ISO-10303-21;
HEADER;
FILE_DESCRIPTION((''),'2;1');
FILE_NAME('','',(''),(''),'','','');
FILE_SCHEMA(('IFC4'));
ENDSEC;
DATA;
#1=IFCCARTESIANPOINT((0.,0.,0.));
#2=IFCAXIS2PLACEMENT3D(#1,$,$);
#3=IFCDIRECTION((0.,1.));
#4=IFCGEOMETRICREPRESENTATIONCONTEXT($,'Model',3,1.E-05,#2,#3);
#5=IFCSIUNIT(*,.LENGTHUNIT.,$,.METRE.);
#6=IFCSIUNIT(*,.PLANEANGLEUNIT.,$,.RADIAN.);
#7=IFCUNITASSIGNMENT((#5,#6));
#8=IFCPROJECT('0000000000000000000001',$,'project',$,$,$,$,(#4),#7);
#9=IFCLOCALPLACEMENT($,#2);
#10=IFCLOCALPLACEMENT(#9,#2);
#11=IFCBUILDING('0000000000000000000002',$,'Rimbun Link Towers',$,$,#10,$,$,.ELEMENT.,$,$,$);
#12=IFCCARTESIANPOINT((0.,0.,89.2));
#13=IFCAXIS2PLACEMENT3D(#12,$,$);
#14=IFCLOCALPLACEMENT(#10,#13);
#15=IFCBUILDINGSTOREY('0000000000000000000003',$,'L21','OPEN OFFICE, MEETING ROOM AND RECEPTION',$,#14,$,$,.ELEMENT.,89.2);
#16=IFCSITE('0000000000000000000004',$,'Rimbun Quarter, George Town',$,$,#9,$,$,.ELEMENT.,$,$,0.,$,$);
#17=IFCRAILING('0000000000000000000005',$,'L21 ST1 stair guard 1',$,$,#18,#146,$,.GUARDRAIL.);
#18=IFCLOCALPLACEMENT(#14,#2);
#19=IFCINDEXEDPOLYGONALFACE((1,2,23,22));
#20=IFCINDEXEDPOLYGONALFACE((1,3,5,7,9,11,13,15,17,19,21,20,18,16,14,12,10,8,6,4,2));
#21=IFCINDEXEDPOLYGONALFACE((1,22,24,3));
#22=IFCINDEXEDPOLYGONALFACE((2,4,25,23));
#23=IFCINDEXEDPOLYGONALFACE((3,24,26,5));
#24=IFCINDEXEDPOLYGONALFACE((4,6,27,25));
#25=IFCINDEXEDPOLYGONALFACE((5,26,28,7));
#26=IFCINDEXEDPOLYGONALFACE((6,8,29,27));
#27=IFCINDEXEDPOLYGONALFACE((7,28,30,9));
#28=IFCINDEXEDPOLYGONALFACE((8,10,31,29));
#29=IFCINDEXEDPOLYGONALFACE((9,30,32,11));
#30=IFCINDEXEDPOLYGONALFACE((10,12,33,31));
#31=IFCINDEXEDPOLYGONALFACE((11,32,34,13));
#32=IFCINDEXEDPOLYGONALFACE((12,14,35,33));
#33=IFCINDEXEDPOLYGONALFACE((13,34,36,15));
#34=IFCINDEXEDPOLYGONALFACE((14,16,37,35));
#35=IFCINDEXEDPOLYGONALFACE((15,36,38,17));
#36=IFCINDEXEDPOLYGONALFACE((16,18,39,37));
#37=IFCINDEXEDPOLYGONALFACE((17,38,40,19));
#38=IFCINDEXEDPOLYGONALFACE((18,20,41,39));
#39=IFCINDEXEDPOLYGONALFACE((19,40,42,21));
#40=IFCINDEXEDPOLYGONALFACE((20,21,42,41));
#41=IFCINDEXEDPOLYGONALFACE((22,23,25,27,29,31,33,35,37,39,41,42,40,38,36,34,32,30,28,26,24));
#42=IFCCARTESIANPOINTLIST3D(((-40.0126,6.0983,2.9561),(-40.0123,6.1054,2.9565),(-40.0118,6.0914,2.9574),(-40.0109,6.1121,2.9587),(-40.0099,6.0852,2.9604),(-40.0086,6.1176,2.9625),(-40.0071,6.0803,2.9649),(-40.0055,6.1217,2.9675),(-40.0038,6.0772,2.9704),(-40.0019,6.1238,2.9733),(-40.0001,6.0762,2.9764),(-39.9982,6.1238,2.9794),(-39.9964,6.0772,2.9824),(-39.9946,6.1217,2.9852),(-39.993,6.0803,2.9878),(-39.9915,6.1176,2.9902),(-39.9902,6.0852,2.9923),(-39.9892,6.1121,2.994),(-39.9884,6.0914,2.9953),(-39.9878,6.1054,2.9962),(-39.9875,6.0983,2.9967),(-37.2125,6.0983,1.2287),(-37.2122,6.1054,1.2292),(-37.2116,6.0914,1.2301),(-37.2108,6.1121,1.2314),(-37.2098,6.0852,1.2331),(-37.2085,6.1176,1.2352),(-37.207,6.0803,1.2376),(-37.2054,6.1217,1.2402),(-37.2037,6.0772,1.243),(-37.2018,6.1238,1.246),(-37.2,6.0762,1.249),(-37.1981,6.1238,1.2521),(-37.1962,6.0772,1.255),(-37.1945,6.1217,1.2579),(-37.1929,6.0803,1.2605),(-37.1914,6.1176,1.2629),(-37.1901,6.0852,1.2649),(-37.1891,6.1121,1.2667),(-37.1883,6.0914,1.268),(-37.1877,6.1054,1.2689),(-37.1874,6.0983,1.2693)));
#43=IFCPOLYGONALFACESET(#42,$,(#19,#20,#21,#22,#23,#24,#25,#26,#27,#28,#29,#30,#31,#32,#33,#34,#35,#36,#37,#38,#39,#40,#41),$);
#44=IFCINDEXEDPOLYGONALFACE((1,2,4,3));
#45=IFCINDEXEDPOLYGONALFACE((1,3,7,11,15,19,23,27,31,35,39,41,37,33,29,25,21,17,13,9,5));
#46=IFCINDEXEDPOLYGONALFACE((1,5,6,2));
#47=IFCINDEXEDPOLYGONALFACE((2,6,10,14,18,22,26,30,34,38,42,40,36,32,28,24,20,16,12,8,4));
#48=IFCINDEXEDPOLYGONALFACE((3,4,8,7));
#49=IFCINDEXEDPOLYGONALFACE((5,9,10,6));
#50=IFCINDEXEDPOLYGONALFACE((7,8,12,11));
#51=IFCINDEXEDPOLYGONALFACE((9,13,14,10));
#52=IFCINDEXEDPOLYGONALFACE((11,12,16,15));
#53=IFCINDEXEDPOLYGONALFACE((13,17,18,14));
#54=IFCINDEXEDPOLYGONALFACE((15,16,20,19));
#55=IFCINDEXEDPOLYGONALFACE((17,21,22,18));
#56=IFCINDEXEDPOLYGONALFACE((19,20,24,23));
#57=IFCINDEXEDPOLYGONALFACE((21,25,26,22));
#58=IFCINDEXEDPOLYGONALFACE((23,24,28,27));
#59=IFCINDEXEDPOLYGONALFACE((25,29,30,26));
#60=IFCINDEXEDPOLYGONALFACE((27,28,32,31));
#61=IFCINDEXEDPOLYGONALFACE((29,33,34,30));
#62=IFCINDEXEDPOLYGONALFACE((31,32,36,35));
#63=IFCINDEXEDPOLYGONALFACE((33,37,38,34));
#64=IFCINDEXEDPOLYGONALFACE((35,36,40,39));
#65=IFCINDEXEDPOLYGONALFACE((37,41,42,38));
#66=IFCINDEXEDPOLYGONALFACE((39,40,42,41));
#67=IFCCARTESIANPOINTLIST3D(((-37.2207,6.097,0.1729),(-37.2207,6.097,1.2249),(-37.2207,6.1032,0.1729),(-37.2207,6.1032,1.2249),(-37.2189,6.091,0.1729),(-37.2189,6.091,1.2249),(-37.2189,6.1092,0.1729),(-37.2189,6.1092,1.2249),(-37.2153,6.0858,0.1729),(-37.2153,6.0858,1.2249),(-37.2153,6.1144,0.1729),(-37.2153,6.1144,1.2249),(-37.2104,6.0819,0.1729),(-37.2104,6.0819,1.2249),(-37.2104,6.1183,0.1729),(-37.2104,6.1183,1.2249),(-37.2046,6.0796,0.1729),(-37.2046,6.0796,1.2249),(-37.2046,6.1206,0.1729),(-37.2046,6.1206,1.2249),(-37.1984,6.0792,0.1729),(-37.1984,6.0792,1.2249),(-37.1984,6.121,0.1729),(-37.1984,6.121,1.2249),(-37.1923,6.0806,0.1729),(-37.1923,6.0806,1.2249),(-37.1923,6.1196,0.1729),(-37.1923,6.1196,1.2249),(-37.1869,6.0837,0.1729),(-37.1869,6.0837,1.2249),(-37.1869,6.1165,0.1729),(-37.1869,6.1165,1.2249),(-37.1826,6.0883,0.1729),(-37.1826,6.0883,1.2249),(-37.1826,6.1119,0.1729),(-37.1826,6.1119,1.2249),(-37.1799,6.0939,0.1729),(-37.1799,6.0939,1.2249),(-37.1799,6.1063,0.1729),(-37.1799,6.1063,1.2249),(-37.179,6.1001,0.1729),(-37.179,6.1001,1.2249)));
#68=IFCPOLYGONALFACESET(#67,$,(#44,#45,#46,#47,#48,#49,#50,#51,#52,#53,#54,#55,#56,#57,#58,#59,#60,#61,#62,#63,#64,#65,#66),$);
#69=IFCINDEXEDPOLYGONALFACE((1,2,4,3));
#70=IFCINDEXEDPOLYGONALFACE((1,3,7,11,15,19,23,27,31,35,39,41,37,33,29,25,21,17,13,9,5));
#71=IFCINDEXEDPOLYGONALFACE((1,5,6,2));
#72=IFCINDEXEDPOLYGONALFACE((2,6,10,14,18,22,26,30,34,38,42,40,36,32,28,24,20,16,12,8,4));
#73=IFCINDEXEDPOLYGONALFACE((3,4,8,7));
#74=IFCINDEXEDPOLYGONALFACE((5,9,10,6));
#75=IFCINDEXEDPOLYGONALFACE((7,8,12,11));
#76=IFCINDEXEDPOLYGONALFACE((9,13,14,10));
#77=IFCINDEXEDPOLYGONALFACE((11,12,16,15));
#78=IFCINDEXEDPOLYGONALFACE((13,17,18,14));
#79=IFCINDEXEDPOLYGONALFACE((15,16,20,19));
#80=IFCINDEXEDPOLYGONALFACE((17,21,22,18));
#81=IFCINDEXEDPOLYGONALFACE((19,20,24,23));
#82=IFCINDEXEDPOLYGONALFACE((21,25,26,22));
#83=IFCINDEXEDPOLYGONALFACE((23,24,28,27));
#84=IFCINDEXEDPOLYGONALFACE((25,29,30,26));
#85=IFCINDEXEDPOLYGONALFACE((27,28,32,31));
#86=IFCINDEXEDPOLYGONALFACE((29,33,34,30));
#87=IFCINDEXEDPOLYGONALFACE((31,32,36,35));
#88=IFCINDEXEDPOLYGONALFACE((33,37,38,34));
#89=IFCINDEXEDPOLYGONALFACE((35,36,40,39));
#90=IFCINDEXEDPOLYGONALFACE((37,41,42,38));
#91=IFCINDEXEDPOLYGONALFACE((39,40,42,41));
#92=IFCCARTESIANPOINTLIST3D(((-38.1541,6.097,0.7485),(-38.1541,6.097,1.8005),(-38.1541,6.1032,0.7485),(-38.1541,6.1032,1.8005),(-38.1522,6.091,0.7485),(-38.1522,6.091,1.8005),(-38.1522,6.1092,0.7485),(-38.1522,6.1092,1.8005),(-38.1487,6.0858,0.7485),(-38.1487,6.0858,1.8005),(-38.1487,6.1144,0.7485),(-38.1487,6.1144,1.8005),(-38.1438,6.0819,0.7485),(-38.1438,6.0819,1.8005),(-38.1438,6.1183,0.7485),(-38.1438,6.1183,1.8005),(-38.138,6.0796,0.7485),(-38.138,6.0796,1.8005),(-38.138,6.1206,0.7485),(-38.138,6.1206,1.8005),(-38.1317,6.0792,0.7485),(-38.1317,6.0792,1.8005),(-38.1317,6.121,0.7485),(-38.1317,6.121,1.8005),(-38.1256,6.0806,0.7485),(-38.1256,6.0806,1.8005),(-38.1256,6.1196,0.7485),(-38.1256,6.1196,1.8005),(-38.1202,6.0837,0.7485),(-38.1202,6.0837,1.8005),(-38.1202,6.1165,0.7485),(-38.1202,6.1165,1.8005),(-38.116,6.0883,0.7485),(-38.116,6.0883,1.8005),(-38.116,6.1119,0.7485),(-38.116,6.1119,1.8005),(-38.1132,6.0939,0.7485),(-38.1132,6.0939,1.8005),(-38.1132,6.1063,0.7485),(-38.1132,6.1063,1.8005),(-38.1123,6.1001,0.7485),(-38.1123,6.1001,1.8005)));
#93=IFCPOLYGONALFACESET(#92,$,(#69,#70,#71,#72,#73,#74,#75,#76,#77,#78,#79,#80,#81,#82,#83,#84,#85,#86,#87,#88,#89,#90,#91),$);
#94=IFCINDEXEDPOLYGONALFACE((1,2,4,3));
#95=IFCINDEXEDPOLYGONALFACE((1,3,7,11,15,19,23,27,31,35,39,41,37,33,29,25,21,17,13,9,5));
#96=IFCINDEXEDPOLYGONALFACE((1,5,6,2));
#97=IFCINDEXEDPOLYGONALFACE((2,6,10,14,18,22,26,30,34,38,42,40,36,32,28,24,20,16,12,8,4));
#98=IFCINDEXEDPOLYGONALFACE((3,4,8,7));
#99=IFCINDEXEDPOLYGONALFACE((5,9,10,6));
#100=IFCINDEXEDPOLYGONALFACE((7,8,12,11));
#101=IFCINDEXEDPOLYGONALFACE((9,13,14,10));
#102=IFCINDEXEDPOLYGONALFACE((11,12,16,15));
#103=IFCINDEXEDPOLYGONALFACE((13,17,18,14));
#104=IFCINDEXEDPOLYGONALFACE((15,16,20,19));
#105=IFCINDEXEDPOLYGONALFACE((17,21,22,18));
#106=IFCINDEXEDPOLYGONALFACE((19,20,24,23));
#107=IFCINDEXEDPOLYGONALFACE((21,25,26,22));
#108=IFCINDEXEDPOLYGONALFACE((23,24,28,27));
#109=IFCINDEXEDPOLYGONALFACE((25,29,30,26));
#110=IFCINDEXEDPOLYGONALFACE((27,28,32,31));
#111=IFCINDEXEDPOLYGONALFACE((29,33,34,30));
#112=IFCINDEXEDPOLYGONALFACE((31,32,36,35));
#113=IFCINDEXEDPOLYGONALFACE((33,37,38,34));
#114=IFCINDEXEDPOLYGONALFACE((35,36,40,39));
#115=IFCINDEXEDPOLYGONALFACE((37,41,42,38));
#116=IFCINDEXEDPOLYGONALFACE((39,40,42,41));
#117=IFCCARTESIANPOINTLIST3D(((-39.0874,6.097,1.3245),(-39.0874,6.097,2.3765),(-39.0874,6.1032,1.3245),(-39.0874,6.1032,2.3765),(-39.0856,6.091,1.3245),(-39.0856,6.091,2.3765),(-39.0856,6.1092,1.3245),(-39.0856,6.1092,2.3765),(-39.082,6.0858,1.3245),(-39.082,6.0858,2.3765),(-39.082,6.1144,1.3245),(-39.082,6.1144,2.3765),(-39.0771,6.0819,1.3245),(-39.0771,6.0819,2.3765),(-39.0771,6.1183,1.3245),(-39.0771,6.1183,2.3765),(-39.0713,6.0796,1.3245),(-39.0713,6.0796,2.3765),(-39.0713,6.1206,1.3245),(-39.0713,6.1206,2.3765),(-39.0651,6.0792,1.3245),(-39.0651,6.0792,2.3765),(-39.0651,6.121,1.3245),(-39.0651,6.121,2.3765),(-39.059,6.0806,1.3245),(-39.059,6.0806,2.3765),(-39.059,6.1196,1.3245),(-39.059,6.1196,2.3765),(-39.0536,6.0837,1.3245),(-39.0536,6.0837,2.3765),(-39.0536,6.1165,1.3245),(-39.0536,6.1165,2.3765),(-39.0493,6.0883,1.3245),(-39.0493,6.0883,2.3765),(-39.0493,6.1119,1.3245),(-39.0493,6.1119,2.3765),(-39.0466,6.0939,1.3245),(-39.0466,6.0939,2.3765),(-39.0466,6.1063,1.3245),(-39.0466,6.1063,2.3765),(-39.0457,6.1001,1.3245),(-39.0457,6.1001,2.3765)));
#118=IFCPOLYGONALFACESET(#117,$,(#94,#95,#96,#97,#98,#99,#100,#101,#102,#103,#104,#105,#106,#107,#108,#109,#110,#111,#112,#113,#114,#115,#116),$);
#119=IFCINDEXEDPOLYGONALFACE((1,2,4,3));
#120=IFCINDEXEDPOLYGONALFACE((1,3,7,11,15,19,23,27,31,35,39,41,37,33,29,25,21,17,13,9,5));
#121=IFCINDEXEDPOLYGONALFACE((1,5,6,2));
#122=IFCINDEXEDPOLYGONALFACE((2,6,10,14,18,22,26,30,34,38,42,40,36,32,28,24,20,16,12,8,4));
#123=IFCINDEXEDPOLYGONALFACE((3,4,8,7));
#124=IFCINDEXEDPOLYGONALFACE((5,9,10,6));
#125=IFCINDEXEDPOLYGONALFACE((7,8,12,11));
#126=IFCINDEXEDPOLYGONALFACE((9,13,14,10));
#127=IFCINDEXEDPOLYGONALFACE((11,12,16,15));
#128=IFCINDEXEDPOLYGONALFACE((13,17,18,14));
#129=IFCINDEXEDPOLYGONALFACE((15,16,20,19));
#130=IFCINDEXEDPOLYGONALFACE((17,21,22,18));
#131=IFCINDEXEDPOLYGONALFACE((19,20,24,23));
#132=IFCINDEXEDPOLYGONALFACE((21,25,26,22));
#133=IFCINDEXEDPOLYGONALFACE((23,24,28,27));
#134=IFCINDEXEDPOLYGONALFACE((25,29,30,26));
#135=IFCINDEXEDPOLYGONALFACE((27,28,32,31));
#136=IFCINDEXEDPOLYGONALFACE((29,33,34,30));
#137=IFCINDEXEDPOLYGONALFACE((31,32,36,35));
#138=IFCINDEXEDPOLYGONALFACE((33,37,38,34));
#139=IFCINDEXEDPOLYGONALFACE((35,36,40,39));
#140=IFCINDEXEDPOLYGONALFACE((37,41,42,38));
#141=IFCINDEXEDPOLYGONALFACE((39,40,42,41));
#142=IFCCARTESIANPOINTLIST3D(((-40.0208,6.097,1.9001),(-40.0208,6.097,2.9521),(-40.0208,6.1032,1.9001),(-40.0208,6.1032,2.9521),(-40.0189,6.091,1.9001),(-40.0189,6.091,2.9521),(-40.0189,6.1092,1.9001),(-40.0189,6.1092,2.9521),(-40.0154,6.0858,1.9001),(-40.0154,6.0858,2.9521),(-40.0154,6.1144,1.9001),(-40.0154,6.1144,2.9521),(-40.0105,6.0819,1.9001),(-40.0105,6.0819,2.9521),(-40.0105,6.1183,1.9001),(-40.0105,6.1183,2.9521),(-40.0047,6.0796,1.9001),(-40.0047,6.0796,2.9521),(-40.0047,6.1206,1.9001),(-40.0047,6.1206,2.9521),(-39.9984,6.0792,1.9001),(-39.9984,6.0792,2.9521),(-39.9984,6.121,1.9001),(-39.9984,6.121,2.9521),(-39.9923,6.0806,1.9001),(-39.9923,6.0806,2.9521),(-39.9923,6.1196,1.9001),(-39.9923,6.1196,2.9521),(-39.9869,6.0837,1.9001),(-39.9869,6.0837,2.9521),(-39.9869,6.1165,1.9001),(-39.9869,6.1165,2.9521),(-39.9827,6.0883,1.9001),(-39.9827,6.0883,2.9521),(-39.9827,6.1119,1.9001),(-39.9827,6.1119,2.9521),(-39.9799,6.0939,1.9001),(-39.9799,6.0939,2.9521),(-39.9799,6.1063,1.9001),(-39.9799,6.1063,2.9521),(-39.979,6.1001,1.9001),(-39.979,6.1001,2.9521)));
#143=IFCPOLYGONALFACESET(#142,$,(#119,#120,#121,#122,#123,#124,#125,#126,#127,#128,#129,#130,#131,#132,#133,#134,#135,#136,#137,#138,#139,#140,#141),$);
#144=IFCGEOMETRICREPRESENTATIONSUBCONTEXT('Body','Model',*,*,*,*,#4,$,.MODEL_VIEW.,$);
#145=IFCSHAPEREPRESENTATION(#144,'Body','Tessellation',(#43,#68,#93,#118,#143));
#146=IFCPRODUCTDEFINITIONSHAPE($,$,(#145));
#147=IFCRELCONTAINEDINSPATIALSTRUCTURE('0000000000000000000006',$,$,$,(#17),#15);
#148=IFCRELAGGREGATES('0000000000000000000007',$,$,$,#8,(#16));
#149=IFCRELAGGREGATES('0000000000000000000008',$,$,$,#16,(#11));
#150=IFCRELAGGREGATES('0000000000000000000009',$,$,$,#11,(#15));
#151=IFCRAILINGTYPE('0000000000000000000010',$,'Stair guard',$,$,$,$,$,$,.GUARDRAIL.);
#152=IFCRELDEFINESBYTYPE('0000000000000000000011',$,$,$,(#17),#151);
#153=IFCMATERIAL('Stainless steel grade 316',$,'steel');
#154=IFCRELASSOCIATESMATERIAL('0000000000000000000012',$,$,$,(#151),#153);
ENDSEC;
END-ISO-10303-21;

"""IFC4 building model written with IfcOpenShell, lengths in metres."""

from ifc_helpers import new_model, si_unit, direction, frame, origin, origin_2d, place, context, subcontext, project, spatial, circle, extrude, material, type_object, element, save


model = new_model("IFC4")

# Units and contexts
model_context = context("Model", 3, precision=1e-05, world=origin(), true_north=direction((0.0, 1.0)))
body_context = subcontext(model_context, "Body", "Model", "MODEL_VIEW")
ifc_project = project(units=[si_unit("LENGTHUNIT", "METRE"), si_unit("PLANEANGLEUNIT", "RADIAN")], contexts=[model_context])

# Site, building, storey
site_placement = place(None, origin())
site = spatial("IfcSite", under=ifc_project, at=site_placement, Name="Rimbun Quarter, George Town", CompositionType="ELEMENT", RefElevation=0.0)
building_placement = place(site_placement, origin())
building = spatial("IfcBuilding", under=site, at=building_placement, Name="Rimbun Link Towers", CompositionType="ELEMENT")
storey_placement = place(building_placement, frame((0.0, 0.0, 89.2)))
storey = spatial("IfcBuildingStorey", under=building, at=storey_placement, Name="L21", Description="OPEN OFFICE, MEETING ROOM AND RECEPTION", CompositionType="ELEMENT", Elevation=89.2)

# Railing
ifc_material_1 = material(Name="Stainless steel grade 316", Category="steel")
railing_type_1 = type_object("IfcRailingType", Name="Stair guard", PredefinedType="GUARDRAIL", material=ifc_material_1)
railing_1_placement = place(storey_placement, frame((-37.2, 6.1001, 0.1729)))
element("IfcRailing", 1, at=railing_1_placement, inside=storey, type_object=railing_type_1, Name="L21 ST1 stair guard 1", PredefinedType="GUARDRAIL", context=body_context, shape_type="SweptSolid", body=[
    extrude(circle(Radius=0.0239, at=origin_2d()), frame((0.0, 0.0, 1.0762), z_axis=(-0.85109, 0.0, 0.52502), x_axis=(0.0, -1.0, 0.0)), (0.0, 0.0, 1.0), 3.29),
    extrude(circle(Radius=0.021, at=origin_2d()), origin(), (0.0, 0.0, 1.0), 1.052),
    extrude(circle(Radius=0.021, at=origin_2d()), frame((-0.9333, 0.0, 0.5757)), (0.0, 0.0, 1.0), 1.052),
    extrude(circle(Radius=0.021, at=origin_2d()), frame((-1.8667, 0.0, 1.1516)), (0.0, 0.0, 1.0), 1.052),
    extrude(circle(Radius=0.021, at=origin_2d()), frame((-2.8, 0.0, 1.7273)), (0.0, 0.0, 1.0), 1.052),
])

save(model, "model.ifc")
